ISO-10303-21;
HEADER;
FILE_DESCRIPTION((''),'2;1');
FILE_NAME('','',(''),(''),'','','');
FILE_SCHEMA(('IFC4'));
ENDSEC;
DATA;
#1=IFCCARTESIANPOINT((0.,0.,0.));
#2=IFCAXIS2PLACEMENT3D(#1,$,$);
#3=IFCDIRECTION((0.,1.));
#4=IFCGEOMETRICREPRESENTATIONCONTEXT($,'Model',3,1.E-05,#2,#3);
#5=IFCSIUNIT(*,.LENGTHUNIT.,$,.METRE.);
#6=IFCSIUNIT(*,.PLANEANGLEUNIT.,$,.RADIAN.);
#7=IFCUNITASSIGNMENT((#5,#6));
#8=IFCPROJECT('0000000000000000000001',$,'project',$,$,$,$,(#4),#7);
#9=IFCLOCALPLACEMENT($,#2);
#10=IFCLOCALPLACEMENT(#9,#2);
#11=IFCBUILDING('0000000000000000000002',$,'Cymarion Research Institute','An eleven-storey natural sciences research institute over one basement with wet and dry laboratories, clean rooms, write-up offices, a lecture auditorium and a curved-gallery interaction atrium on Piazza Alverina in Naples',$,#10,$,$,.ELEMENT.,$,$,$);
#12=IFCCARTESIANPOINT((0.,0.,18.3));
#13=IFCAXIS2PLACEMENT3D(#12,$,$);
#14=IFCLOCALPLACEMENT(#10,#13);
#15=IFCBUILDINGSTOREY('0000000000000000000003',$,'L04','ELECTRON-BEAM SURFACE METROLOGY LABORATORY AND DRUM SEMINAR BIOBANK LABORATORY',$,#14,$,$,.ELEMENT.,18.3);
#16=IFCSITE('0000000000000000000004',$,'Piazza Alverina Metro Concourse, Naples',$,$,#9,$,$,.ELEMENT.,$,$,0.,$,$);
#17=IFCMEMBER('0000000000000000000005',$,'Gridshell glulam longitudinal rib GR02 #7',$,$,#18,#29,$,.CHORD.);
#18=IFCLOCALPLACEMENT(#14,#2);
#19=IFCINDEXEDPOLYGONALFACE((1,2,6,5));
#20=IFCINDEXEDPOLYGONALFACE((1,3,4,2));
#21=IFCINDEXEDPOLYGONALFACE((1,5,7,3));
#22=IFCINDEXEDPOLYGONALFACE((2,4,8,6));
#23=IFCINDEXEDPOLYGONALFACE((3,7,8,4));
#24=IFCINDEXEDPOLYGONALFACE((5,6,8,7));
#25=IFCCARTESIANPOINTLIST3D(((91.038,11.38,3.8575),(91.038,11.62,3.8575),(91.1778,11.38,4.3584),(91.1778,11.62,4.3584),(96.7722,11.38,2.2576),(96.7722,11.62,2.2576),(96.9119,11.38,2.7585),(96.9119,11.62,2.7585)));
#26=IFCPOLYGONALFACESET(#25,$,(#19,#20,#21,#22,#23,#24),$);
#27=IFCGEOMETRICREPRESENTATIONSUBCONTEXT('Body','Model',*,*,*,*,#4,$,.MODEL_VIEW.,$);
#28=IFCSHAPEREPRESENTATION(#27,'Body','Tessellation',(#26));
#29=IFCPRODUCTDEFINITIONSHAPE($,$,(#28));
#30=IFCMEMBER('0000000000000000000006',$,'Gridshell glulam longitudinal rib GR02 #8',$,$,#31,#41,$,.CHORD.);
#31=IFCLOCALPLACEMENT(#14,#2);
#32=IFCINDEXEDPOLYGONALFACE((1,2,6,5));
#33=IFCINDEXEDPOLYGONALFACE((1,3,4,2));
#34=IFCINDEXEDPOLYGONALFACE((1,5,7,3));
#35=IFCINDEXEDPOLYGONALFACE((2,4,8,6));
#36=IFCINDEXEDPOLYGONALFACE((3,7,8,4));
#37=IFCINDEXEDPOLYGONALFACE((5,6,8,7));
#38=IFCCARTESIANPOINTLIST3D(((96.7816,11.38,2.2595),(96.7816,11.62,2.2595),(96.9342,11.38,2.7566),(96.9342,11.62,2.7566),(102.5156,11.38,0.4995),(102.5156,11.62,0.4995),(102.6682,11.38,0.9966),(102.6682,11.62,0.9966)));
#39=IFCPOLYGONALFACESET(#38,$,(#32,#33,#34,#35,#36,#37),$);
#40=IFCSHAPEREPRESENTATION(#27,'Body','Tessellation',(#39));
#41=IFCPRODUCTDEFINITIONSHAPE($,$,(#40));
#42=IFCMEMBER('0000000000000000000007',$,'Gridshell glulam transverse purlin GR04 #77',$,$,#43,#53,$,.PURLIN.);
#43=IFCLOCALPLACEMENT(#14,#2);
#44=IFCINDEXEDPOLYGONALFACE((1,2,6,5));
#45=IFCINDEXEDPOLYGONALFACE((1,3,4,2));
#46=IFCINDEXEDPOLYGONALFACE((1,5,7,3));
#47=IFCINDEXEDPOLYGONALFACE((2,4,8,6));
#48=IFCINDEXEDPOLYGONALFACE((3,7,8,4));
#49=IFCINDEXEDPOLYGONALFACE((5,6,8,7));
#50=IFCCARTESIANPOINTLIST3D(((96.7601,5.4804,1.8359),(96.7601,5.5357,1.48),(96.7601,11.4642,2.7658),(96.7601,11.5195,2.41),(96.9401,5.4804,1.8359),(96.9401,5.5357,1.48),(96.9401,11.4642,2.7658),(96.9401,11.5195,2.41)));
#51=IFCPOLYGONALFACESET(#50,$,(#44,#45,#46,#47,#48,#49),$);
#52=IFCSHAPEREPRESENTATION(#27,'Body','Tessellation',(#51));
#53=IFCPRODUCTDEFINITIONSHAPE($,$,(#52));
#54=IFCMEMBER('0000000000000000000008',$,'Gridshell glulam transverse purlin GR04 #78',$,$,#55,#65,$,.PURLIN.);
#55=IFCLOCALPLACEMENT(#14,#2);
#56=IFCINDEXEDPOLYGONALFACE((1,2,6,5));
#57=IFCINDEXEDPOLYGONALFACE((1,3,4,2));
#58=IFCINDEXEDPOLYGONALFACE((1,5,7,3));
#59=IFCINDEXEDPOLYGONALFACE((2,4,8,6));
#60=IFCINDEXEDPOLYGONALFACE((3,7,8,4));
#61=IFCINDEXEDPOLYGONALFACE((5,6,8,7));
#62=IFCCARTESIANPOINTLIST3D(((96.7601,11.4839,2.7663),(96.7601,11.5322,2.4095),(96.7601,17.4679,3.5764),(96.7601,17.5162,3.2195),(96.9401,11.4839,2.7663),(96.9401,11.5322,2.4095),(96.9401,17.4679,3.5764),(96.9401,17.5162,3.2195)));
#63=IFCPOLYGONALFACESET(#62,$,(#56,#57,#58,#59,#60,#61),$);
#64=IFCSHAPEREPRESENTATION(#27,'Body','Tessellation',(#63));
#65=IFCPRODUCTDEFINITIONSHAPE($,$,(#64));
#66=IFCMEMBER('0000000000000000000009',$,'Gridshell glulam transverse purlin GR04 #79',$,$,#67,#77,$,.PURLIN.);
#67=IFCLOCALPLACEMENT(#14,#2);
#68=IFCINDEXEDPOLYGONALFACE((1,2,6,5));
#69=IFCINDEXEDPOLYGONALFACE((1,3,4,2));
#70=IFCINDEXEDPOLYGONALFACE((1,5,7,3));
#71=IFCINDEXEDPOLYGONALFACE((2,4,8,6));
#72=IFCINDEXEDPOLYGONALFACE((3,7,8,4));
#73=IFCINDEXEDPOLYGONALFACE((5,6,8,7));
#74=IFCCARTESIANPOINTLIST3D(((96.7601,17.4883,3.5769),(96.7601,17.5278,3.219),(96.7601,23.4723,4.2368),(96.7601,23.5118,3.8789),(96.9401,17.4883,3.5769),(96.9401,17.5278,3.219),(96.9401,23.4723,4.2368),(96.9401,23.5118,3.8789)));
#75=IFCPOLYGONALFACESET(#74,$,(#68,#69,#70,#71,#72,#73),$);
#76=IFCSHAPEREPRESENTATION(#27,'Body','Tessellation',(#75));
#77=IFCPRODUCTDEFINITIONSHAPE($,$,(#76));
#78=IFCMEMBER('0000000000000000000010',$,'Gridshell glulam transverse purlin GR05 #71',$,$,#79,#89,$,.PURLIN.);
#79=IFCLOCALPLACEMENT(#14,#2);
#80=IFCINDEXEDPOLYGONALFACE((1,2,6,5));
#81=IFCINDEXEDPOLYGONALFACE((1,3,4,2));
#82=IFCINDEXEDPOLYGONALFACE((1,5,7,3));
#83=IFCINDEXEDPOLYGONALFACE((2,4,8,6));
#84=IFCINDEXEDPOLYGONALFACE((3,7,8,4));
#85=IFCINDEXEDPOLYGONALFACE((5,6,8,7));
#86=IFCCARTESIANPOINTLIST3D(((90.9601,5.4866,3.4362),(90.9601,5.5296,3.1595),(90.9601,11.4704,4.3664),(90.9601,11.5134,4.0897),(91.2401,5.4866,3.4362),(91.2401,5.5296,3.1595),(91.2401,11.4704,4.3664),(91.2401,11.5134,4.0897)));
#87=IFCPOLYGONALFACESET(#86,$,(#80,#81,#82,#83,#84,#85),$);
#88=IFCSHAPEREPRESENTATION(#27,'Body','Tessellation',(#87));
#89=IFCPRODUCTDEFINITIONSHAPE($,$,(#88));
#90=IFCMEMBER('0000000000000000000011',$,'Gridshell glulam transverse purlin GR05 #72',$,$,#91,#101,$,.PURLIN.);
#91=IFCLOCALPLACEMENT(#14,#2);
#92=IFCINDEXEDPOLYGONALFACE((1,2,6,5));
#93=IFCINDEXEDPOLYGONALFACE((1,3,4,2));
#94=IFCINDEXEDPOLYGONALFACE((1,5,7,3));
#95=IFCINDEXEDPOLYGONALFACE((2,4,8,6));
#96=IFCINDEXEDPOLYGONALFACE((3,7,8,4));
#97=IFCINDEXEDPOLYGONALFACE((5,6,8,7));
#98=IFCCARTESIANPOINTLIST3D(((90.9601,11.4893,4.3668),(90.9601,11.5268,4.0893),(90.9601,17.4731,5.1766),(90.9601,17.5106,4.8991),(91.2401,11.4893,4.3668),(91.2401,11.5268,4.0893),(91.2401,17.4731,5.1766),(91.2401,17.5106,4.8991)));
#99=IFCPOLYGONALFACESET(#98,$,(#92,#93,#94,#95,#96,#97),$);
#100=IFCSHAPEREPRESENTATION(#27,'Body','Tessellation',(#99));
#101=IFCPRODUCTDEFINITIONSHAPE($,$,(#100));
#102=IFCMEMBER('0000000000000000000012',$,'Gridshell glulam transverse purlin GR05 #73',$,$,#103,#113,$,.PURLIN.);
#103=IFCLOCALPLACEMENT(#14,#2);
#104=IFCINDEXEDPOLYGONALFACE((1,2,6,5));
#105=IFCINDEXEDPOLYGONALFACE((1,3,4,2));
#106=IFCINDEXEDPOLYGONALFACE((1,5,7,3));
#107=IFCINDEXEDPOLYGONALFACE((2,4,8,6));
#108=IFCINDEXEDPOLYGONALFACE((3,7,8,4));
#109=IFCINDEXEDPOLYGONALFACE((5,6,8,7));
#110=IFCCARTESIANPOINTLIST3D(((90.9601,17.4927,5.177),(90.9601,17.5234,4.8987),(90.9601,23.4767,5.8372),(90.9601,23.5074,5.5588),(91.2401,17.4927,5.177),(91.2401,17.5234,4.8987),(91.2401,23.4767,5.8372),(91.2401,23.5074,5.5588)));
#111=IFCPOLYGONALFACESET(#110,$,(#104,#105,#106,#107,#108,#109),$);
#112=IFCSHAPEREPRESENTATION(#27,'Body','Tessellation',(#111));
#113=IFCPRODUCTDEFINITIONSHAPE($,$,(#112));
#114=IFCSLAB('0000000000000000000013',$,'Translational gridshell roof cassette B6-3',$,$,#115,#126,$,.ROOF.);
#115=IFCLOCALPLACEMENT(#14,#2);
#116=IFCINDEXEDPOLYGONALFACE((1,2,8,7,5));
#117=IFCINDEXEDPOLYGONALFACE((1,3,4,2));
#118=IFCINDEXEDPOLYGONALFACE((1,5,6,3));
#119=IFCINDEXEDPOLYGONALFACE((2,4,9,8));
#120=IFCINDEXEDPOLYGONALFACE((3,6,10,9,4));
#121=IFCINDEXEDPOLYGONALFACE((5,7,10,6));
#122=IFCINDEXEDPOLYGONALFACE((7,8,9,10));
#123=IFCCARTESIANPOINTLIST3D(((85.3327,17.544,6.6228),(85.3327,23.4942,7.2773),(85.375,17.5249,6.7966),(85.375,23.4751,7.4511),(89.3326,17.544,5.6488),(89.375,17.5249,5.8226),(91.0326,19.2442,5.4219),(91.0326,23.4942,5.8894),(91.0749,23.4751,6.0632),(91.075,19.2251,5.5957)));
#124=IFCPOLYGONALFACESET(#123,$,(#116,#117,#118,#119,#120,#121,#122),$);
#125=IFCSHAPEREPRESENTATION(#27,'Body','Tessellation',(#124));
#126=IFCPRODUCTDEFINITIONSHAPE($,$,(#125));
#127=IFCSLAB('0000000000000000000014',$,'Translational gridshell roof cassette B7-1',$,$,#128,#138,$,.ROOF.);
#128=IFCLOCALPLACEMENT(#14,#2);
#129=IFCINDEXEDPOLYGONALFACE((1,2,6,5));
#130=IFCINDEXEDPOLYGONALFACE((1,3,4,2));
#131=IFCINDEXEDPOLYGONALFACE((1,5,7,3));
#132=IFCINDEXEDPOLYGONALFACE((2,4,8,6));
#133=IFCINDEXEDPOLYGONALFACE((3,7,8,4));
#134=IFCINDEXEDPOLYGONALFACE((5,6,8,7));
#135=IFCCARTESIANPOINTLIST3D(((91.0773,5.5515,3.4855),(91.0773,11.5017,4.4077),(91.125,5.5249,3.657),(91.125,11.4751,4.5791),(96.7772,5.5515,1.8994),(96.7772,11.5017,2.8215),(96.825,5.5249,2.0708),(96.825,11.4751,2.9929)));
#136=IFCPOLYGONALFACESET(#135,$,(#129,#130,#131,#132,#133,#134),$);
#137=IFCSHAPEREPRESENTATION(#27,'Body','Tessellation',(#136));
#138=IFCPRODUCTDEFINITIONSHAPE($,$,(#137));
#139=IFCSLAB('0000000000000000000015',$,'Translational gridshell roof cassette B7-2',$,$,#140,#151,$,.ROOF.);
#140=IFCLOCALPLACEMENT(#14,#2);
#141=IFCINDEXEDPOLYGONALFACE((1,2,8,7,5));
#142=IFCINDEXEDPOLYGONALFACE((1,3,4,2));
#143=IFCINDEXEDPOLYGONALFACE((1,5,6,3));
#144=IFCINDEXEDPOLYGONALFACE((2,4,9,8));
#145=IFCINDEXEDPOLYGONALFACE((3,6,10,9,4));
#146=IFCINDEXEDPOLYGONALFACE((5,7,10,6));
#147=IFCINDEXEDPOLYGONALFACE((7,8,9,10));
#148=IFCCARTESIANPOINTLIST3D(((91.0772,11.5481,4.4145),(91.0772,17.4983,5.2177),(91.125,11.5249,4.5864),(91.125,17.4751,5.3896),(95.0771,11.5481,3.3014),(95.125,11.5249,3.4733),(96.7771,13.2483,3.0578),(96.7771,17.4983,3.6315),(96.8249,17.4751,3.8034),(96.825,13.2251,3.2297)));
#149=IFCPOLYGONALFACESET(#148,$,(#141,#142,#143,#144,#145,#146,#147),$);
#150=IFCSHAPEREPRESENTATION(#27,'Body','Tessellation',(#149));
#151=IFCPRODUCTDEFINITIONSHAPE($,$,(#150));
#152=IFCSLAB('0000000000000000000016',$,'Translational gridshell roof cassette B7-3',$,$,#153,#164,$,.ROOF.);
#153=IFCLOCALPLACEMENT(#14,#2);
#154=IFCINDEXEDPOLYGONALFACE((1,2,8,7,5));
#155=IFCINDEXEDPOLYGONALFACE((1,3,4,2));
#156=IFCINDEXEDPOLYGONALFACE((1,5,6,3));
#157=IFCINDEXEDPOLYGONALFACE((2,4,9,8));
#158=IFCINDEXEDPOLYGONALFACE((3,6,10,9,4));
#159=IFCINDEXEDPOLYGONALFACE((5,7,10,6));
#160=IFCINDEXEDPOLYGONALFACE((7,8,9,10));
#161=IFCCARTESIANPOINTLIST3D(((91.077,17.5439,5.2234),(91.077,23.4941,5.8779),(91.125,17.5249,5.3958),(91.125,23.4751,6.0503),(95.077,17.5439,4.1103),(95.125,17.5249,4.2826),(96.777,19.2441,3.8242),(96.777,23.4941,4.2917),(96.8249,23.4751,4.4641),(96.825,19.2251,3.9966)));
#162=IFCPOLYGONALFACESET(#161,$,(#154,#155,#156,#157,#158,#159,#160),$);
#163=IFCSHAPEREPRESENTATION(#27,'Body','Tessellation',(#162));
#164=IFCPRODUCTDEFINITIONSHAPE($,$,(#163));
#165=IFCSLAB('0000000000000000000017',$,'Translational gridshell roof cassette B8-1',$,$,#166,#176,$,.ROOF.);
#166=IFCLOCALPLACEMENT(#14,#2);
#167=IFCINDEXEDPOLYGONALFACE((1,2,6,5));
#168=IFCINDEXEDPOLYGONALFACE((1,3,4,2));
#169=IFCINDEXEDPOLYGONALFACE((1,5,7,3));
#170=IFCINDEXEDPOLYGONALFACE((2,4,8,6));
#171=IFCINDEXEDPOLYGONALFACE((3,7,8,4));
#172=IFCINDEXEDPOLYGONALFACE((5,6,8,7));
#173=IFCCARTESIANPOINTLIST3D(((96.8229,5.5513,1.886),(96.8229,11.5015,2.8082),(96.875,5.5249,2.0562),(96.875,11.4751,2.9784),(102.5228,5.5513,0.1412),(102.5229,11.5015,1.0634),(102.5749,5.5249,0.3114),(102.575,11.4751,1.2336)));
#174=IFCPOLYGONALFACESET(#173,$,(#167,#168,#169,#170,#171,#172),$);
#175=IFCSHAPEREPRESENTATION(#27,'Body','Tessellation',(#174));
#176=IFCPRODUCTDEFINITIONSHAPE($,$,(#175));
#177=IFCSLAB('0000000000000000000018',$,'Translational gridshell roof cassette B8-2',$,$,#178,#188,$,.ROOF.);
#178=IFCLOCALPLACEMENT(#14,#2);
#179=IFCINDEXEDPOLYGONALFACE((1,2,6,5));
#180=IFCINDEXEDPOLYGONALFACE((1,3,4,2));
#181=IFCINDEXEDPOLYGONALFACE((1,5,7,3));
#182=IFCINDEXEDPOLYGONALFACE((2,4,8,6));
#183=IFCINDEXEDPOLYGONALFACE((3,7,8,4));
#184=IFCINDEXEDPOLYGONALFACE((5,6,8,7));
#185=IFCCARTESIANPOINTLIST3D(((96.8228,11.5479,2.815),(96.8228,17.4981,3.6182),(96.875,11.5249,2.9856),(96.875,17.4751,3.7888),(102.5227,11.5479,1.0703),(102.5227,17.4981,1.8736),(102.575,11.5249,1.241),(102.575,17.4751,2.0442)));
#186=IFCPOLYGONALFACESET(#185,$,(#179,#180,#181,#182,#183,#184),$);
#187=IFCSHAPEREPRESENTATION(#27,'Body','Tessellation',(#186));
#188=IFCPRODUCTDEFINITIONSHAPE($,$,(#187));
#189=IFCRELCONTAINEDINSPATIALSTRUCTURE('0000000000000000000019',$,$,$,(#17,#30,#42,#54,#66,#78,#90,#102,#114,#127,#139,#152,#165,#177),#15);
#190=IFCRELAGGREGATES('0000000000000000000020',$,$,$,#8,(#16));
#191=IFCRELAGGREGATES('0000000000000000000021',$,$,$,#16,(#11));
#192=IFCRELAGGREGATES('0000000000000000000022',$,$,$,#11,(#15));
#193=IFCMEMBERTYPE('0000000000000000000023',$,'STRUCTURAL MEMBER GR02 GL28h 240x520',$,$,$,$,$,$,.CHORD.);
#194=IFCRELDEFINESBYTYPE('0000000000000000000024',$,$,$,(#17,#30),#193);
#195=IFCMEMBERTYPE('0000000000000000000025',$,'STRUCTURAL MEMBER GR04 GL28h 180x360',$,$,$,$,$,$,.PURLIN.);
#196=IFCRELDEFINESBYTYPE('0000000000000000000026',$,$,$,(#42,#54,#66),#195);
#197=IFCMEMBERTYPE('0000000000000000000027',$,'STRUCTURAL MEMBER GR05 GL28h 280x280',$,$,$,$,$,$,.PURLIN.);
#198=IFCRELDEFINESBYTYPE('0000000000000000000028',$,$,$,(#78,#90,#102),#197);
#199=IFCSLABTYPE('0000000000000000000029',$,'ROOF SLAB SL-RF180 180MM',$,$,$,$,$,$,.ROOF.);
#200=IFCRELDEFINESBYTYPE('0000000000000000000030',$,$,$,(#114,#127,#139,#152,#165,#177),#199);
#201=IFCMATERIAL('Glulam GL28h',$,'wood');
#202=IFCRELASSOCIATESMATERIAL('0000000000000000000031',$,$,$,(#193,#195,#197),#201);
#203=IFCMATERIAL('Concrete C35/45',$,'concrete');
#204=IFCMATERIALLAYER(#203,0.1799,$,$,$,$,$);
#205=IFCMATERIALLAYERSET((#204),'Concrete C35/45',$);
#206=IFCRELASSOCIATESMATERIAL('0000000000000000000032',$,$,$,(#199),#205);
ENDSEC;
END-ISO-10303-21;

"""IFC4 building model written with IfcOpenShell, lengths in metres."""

from ifc_helpers import new_model, si_unit, direction, frame, origin, origin_2d, place, context, subcontext, project, spatial, polyline, rectangle, outline, extrude, material, layer, layer_set, material_profile, profile_set, type_object, element, save


model = new_model("IFC4")

# Units and contexts
model_context = context("Model", 3, precision=1e-05, world=origin(), true_north=direction((0.0, 1.0)))
body_context = subcontext(model_context, "Body", "Model", "MODEL_VIEW")
ifc_project = project(units=[si_unit("LENGTHUNIT", "METRE"), si_unit("PLANEANGLEUNIT", "RADIAN")], contexts=[model_context])

# Site, building, storey
site_placement = place(None, origin())
site = spatial("IfcSite", under=ifc_project, at=site_placement, Name="Piazza Alverina Metro Concourse, Naples", CompositionType="ELEMENT", RefElevation=0.0)
building_placement = place(site_placement, origin())
building = spatial("IfcBuilding", under=site, at=building_placement, Name="Cymarion Research Institute", Description="An eleven-storey natural sciences research institute over one basement with wet and dry laboratories, clean rooms, write-up offices, a lecture auditorium and a curved-gallery interaction atrium on Piazza Alverina in Naples", CompositionType="ELEMENT")
storey_placement = place(building_placement, frame((0.0, 0.0, 18.3)))
storey = spatial("IfcBuildingStorey", under=building, at=storey_placement, Name="L04", Description="ELECTRON-BEAM SURFACE METROLOGY LABORATORY AND DRUM SEMINAR BIOBANK LABORATORY", CompositionType="ELEMENT", Elevation=18.3)

# Members
ifc_material_1 = material(Name="Glulam GL28h", Category="wood")
ifc_material_profile_1 = material_profile(ifc_material_1, rectangle(XDim=0.24, YDim=0.52, at=origin_2d()), Name="GL28h 240x520")
ifc_profile_set_1 = profile_set([ifc_material_profile_1], Name="Glulam GL28h")
member_type_1 = type_object("IfcMemberType", Name="STRUCTURAL MEMBER GR02 GL28h 240x520", PredefinedType="CHORD", material=ifc_profile_set_1)
member_1_placement = place(storey_placement, frame((91.1079, 11.5, 4.1079), z_axis=(0.963212, 0.0, -0.268741), x_axis=(0.0, 1.0, 0.0)))
element("IfcMember", 1, at=member_1_placement, inside=storey, type_object=member_type_1, Name="Gridshell glulam longitudinal rib GR02 #7", PredefinedType="CHORD", context=body_context, shape_type="SweptSolid", body=[
    extrude(rectangle(XDim=0.24, YDim=0.52, at=origin_2d()), origin(), (0.0, 0.0, 1.0), 5.9531),
])
member_2_placement = place(storey_placement, frame((96.8579, 11.5, 2.5081), z_axis=(0.955982, 0.0, -0.293425), x_axis=(0.0, 1.0, 0.0)))
element("IfcMember", 2, at=member_2_placement, inside=storey, type_object=member_type_1, Name="Gridshell glulam longitudinal rib GR02 #8", PredefinedType="CHORD", context=body_context, shape_type="SweptSolid", body=[
    extrude(rectangle(XDim=0.24, YDim=0.52, at=origin_2d()), origin(), (0.0, 0.0, 1.0), 5.998),
])
ifc_material_profile_2 = material_profile(ifc_material_1, rectangle(XDim=0.1799, YDim=0.3601, at=origin_2d()), Name="GL28h 180x360")
ifc_profile_set_2 = profile_set([ifc_material_profile_2], Name="Glulam GL28h")
member_type_2 = type_object("IfcMemberType", Name="STRUCTURAL MEMBER GR04 GL28h 180x360", PredefinedType="PURLIN", material=ifc_profile_set_2)
member_3_placement = place(storey_placement, frame((96.8501, 5.5081, 1.658), z_axis=(0.0, 0.988139, 0.153563), x_axis=(-1.0, 0.0, 0.0)))
element("IfcMember", 3, at=member_3_placement, inside=storey, type_object=member_type_2, Name="Gridshell glulam transverse purlin GR04 #77", PredefinedType="PURLIN", context=body_context, shape_type="SweptSolid", body=[
    extrude(rectangle(XDim=0.1799, YDim=0.3601, at=origin_2d()), origin(), (0.0, 0.0, 1.0), 6.0557),
])
member_4_placement = place(storey_placement, frame((96.8501, 11.5081, 2.5879), z_axis=(0.0, 0.990961, 0.13415), x_axis=(-1.0, 0.0, 0.0)))
element("IfcMember", 4, at=member_4_placement, inside=storey, type_object=member_type_2, Name="Gridshell glulam transverse purlin GR04 #78", PredefinedType="PURLIN", context=body_context, shape_type="SweptSolid", body=[
    extrude(rectangle(XDim=0.1799, YDim=0.3601, at=origin_2d()), origin(), (0.0, 0.0, 1.0), 6.0386),
])
member_5_placement = place(storey_placement, frame((96.8501, 17.5081, 3.3979), z_axis=(0.0, 0.993974, 0.109617), x_axis=(-1.0, 0.0, 0.0)))
element("IfcMember", 5, at=member_5_placement, inside=storey, type_object=member_type_2, Name="Gridshell glulam transverse purlin GR04 #79", PredefinedType="PURLIN", context=body_context, shape_type="SweptSolid", body=[
    extrude(rectangle(XDim=0.1799, YDim=0.3601, at=origin_2d()), origin(), (0.0, 0.0, 1.0), 6.0203),
])
ifc_material_profile_3 = material_profile(ifc_material_1, rectangle(XDim=0.28, YDim=0.28, at=origin_2d()), Name="GL28h 280x280")
ifc_profile_set_3 = profile_set([ifc_material_profile_3], Name="Glulam GL28h")
member_type_3 = type_object("IfcMemberType", Name="STRUCTURAL MEMBER GR05 GL28h 280x280", PredefinedType="PURLIN", material=ifc_profile_set_3)
member_6_placement = place(storey_placement, frame((91.1001, 5.5081, 3.2979), z_axis=(0.0, 0.988133, 0.153602), x_axis=(-1.0, 0.0, 0.0)))
element("IfcMember", 6, at=member_6_placement, inside=storey, type_object=member_type_3, Name="Gridshell glulam transverse purlin GR05 #71", PredefinedType="PURLIN", context=body_context, shape_type="SweptSolid", body=[
    extrude(rectangle(XDim=0.28, YDim=0.28, at=origin_2d()), origin(), (0.0, 0.0, 1.0), 6.0557),
])
member_7_placement = place(storey_placement, frame((91.1001, 11.5081, 4.228), z_axis=(0.0, 0.990966, 0.13411), x_axis=(-1.0, 0.0, 0.0)))
element("IfcMember", 7, at=member_7_placement, inside=storey, type_object=member_type_3, Name="Gridshell glulam transverse purlin GR05 #72", PredefinedType="PURLIN", context=body_context, shape_type="SweptSolid", body=[
    extrude(rectangle(XDim=0.28, YDim=0.28, at=origin_2d()), origin(), (0.0, 0.0, 1.0), 6.0383),
])
member_8_placement = place(storey_placement, frame((91.1001, 17.5081, 5.0378), z_axis=(0.0, 0.993969, 0.109657), x_axis=(-1.0, 0.0, 0.0)))
element("IfcMember", 8, at=member_8_placement, inside=storey, type_object=member_type_3, Name="Gridshell glulam transverse purlin GR05 #73", PredefinedType="PURLIN", context=body_context, shape_type="SweptSolid", body=[
    extrude(rectangle(XDim=0.28, YDim=0.28, at=origin_2d()), origin(), (0.0, 0.0, 1.0), 6.0203),
])

# Slabs
ifc_material_2 = material(Name="Concrete C35/45", Category="concrete")
ifc_layer_1 = layer(ifc_material_2, 0.1799)
ifc_layer_set_1 = layer_set([ifc_layer_1], Name="Concrete C35/45")
slab_type = type_object("IfcSlabType", Name="ROOF SLAB SL-RF180 180MM", PredefinedType="ROOF", material=ifc_layer_set_1)
slab_1_placement = place(storey_placement, frame((85.375, 17.5249, 6.7966), z_axis=(0.235246, -0.106265, 0.966109), x_axis=(0.971611, 0.000003, -0.236585)))
element("IfcSlab", 9, at=slab_1_placement, inside=storey, type_object=slab_type, Name="Translational gridshell roof cassette B6-3", PredefinedType="ROOF", context=body_context, shape_type="SweptSolid", body=[
    extrude(outline(polyline([(0.0, 0.0), (4.1168, 0.0), (5.8223, 1.7099), (5.7117, 5.9841), (-0.1548, 5.9841), (0.0, 0.0)])), origin(), (0.0, 0.0, -1.0), 0.1799),
])
slab_2_placement = place(storey_placement, frame((91.125, 5.5249, 3.657), z_axis=(0.265154, -0.147663, 0.952832), x_axis=(0.963393, 0.0, -0.268093)))
element("IfcSlab", 10, at=slab_2_placement, inside=storey, type_object=slab_type, Name="Translational gridshell roof cassette B7-1", PredefinedType="ROOF", context=body_context, shape_type="SweptSolid", body=[
    extrude(outline(polyline([(0.0, 0.0), (5.9165, 0.0), (5.6693, 6.0161), (-0.2472, 6.0161), (0.0, 0.0)])), origin(), (0.0, 0.0, -1.0), 0.1799),
])
slab_3_placement = place(storey_placement, frame((91.125, 11.5249, 4.5864), z_axis=(0.265854, -0.128957, 0.955349), x_axis=(0.963393, 0.000002, -0.268092)))
element("IfcSlab", 11, at=slab_3_placement, inside=storey, type_object=slab_type, Name="Translational gridshell roof cassette B7-2", PredefinedType="ROOF", context=body_context, shape_type="SweptSolid", body=[
    extrude(outline(polyline([(0.0, 0.0), (4.152, 0.0), (5.855, 1.7145), (5.7012, 6.0003), (-0.2153, 6.0003), (0.0, 0.0)])), origin(), (0.0, 0.0, -1.0), 0.1799),
])
slab_4_placement = place(storey_placement, frame((91.125, 17.5249, 5.3958), z_axis=(0.266599, -0.10538, 0.958029), x_axis=(0.963393, 0.000002, -0.268092)))
element("IfcSlab", 12, at=slab_4_placement, inside=storey, type_object=slab_type, Name="Translational gridshell roof cassette B7-3", PredefinedType="ROOF", context=body_context, shape_type="SweptSolid", body=[
    extrude(outline(polyline([(0.0, 0.0), (4.152, 0.0), (5.8664, 1.7097), (5.7411, 5.9835), (-0.1755, 5.9835), (0.0, 0.0)])), origin(), (0.0, 0.0, -1.0), 0.1799),
])
slab_5_placement = place(storey_placement, frame((96.875, 5.5249, 2.0562), z_axis=(0.289532, -0.146604, 0.945875), x_axis=(0.956206, 0.000003, -0.292694)))
element("IfcSlab", 13, at=slab_5_placement, inside=storey, type_object=slab_type, Name="Translational gridshell roof cassette B8-1", PredefinedType="ROOF", context=body_context, shape_type="SweptSolid", body=[
    extrude(outline(polyline([(0.0, 0.0), (5.961, 0.0), (5.6911, 6.0152), (-0.27, 6.0152), (0.0, 0.0)])), origin(), (0.0, 0.0, -1.0), 0.1799),
])
slab_6_placement = place(storey_placement, frame((96.875, 11.5249, 2.9856), z_axis=(0.290267, -0.128018, 0.948344), x_axis=(0.956212, 0.0, -0.292675)))
element("IfcSlab", 14, at=slab_6_placement, inside=storey, type_object=slab_type, Name="Translational gridshell roof cassette B8-2", PredefinedType="ROOF", context=body_context, shape_type="SweptSolid", body=[
    extrude(outline(polyline([(0.0, 0.0), (5.961, 0.0), (5.7259, 5.9996), (-0.2351, 5.9996), (0.0, 0.0)])), origin(), (0.0, 0.0, -1.0), 0.1799),
])

save(model, "model.ifc")
